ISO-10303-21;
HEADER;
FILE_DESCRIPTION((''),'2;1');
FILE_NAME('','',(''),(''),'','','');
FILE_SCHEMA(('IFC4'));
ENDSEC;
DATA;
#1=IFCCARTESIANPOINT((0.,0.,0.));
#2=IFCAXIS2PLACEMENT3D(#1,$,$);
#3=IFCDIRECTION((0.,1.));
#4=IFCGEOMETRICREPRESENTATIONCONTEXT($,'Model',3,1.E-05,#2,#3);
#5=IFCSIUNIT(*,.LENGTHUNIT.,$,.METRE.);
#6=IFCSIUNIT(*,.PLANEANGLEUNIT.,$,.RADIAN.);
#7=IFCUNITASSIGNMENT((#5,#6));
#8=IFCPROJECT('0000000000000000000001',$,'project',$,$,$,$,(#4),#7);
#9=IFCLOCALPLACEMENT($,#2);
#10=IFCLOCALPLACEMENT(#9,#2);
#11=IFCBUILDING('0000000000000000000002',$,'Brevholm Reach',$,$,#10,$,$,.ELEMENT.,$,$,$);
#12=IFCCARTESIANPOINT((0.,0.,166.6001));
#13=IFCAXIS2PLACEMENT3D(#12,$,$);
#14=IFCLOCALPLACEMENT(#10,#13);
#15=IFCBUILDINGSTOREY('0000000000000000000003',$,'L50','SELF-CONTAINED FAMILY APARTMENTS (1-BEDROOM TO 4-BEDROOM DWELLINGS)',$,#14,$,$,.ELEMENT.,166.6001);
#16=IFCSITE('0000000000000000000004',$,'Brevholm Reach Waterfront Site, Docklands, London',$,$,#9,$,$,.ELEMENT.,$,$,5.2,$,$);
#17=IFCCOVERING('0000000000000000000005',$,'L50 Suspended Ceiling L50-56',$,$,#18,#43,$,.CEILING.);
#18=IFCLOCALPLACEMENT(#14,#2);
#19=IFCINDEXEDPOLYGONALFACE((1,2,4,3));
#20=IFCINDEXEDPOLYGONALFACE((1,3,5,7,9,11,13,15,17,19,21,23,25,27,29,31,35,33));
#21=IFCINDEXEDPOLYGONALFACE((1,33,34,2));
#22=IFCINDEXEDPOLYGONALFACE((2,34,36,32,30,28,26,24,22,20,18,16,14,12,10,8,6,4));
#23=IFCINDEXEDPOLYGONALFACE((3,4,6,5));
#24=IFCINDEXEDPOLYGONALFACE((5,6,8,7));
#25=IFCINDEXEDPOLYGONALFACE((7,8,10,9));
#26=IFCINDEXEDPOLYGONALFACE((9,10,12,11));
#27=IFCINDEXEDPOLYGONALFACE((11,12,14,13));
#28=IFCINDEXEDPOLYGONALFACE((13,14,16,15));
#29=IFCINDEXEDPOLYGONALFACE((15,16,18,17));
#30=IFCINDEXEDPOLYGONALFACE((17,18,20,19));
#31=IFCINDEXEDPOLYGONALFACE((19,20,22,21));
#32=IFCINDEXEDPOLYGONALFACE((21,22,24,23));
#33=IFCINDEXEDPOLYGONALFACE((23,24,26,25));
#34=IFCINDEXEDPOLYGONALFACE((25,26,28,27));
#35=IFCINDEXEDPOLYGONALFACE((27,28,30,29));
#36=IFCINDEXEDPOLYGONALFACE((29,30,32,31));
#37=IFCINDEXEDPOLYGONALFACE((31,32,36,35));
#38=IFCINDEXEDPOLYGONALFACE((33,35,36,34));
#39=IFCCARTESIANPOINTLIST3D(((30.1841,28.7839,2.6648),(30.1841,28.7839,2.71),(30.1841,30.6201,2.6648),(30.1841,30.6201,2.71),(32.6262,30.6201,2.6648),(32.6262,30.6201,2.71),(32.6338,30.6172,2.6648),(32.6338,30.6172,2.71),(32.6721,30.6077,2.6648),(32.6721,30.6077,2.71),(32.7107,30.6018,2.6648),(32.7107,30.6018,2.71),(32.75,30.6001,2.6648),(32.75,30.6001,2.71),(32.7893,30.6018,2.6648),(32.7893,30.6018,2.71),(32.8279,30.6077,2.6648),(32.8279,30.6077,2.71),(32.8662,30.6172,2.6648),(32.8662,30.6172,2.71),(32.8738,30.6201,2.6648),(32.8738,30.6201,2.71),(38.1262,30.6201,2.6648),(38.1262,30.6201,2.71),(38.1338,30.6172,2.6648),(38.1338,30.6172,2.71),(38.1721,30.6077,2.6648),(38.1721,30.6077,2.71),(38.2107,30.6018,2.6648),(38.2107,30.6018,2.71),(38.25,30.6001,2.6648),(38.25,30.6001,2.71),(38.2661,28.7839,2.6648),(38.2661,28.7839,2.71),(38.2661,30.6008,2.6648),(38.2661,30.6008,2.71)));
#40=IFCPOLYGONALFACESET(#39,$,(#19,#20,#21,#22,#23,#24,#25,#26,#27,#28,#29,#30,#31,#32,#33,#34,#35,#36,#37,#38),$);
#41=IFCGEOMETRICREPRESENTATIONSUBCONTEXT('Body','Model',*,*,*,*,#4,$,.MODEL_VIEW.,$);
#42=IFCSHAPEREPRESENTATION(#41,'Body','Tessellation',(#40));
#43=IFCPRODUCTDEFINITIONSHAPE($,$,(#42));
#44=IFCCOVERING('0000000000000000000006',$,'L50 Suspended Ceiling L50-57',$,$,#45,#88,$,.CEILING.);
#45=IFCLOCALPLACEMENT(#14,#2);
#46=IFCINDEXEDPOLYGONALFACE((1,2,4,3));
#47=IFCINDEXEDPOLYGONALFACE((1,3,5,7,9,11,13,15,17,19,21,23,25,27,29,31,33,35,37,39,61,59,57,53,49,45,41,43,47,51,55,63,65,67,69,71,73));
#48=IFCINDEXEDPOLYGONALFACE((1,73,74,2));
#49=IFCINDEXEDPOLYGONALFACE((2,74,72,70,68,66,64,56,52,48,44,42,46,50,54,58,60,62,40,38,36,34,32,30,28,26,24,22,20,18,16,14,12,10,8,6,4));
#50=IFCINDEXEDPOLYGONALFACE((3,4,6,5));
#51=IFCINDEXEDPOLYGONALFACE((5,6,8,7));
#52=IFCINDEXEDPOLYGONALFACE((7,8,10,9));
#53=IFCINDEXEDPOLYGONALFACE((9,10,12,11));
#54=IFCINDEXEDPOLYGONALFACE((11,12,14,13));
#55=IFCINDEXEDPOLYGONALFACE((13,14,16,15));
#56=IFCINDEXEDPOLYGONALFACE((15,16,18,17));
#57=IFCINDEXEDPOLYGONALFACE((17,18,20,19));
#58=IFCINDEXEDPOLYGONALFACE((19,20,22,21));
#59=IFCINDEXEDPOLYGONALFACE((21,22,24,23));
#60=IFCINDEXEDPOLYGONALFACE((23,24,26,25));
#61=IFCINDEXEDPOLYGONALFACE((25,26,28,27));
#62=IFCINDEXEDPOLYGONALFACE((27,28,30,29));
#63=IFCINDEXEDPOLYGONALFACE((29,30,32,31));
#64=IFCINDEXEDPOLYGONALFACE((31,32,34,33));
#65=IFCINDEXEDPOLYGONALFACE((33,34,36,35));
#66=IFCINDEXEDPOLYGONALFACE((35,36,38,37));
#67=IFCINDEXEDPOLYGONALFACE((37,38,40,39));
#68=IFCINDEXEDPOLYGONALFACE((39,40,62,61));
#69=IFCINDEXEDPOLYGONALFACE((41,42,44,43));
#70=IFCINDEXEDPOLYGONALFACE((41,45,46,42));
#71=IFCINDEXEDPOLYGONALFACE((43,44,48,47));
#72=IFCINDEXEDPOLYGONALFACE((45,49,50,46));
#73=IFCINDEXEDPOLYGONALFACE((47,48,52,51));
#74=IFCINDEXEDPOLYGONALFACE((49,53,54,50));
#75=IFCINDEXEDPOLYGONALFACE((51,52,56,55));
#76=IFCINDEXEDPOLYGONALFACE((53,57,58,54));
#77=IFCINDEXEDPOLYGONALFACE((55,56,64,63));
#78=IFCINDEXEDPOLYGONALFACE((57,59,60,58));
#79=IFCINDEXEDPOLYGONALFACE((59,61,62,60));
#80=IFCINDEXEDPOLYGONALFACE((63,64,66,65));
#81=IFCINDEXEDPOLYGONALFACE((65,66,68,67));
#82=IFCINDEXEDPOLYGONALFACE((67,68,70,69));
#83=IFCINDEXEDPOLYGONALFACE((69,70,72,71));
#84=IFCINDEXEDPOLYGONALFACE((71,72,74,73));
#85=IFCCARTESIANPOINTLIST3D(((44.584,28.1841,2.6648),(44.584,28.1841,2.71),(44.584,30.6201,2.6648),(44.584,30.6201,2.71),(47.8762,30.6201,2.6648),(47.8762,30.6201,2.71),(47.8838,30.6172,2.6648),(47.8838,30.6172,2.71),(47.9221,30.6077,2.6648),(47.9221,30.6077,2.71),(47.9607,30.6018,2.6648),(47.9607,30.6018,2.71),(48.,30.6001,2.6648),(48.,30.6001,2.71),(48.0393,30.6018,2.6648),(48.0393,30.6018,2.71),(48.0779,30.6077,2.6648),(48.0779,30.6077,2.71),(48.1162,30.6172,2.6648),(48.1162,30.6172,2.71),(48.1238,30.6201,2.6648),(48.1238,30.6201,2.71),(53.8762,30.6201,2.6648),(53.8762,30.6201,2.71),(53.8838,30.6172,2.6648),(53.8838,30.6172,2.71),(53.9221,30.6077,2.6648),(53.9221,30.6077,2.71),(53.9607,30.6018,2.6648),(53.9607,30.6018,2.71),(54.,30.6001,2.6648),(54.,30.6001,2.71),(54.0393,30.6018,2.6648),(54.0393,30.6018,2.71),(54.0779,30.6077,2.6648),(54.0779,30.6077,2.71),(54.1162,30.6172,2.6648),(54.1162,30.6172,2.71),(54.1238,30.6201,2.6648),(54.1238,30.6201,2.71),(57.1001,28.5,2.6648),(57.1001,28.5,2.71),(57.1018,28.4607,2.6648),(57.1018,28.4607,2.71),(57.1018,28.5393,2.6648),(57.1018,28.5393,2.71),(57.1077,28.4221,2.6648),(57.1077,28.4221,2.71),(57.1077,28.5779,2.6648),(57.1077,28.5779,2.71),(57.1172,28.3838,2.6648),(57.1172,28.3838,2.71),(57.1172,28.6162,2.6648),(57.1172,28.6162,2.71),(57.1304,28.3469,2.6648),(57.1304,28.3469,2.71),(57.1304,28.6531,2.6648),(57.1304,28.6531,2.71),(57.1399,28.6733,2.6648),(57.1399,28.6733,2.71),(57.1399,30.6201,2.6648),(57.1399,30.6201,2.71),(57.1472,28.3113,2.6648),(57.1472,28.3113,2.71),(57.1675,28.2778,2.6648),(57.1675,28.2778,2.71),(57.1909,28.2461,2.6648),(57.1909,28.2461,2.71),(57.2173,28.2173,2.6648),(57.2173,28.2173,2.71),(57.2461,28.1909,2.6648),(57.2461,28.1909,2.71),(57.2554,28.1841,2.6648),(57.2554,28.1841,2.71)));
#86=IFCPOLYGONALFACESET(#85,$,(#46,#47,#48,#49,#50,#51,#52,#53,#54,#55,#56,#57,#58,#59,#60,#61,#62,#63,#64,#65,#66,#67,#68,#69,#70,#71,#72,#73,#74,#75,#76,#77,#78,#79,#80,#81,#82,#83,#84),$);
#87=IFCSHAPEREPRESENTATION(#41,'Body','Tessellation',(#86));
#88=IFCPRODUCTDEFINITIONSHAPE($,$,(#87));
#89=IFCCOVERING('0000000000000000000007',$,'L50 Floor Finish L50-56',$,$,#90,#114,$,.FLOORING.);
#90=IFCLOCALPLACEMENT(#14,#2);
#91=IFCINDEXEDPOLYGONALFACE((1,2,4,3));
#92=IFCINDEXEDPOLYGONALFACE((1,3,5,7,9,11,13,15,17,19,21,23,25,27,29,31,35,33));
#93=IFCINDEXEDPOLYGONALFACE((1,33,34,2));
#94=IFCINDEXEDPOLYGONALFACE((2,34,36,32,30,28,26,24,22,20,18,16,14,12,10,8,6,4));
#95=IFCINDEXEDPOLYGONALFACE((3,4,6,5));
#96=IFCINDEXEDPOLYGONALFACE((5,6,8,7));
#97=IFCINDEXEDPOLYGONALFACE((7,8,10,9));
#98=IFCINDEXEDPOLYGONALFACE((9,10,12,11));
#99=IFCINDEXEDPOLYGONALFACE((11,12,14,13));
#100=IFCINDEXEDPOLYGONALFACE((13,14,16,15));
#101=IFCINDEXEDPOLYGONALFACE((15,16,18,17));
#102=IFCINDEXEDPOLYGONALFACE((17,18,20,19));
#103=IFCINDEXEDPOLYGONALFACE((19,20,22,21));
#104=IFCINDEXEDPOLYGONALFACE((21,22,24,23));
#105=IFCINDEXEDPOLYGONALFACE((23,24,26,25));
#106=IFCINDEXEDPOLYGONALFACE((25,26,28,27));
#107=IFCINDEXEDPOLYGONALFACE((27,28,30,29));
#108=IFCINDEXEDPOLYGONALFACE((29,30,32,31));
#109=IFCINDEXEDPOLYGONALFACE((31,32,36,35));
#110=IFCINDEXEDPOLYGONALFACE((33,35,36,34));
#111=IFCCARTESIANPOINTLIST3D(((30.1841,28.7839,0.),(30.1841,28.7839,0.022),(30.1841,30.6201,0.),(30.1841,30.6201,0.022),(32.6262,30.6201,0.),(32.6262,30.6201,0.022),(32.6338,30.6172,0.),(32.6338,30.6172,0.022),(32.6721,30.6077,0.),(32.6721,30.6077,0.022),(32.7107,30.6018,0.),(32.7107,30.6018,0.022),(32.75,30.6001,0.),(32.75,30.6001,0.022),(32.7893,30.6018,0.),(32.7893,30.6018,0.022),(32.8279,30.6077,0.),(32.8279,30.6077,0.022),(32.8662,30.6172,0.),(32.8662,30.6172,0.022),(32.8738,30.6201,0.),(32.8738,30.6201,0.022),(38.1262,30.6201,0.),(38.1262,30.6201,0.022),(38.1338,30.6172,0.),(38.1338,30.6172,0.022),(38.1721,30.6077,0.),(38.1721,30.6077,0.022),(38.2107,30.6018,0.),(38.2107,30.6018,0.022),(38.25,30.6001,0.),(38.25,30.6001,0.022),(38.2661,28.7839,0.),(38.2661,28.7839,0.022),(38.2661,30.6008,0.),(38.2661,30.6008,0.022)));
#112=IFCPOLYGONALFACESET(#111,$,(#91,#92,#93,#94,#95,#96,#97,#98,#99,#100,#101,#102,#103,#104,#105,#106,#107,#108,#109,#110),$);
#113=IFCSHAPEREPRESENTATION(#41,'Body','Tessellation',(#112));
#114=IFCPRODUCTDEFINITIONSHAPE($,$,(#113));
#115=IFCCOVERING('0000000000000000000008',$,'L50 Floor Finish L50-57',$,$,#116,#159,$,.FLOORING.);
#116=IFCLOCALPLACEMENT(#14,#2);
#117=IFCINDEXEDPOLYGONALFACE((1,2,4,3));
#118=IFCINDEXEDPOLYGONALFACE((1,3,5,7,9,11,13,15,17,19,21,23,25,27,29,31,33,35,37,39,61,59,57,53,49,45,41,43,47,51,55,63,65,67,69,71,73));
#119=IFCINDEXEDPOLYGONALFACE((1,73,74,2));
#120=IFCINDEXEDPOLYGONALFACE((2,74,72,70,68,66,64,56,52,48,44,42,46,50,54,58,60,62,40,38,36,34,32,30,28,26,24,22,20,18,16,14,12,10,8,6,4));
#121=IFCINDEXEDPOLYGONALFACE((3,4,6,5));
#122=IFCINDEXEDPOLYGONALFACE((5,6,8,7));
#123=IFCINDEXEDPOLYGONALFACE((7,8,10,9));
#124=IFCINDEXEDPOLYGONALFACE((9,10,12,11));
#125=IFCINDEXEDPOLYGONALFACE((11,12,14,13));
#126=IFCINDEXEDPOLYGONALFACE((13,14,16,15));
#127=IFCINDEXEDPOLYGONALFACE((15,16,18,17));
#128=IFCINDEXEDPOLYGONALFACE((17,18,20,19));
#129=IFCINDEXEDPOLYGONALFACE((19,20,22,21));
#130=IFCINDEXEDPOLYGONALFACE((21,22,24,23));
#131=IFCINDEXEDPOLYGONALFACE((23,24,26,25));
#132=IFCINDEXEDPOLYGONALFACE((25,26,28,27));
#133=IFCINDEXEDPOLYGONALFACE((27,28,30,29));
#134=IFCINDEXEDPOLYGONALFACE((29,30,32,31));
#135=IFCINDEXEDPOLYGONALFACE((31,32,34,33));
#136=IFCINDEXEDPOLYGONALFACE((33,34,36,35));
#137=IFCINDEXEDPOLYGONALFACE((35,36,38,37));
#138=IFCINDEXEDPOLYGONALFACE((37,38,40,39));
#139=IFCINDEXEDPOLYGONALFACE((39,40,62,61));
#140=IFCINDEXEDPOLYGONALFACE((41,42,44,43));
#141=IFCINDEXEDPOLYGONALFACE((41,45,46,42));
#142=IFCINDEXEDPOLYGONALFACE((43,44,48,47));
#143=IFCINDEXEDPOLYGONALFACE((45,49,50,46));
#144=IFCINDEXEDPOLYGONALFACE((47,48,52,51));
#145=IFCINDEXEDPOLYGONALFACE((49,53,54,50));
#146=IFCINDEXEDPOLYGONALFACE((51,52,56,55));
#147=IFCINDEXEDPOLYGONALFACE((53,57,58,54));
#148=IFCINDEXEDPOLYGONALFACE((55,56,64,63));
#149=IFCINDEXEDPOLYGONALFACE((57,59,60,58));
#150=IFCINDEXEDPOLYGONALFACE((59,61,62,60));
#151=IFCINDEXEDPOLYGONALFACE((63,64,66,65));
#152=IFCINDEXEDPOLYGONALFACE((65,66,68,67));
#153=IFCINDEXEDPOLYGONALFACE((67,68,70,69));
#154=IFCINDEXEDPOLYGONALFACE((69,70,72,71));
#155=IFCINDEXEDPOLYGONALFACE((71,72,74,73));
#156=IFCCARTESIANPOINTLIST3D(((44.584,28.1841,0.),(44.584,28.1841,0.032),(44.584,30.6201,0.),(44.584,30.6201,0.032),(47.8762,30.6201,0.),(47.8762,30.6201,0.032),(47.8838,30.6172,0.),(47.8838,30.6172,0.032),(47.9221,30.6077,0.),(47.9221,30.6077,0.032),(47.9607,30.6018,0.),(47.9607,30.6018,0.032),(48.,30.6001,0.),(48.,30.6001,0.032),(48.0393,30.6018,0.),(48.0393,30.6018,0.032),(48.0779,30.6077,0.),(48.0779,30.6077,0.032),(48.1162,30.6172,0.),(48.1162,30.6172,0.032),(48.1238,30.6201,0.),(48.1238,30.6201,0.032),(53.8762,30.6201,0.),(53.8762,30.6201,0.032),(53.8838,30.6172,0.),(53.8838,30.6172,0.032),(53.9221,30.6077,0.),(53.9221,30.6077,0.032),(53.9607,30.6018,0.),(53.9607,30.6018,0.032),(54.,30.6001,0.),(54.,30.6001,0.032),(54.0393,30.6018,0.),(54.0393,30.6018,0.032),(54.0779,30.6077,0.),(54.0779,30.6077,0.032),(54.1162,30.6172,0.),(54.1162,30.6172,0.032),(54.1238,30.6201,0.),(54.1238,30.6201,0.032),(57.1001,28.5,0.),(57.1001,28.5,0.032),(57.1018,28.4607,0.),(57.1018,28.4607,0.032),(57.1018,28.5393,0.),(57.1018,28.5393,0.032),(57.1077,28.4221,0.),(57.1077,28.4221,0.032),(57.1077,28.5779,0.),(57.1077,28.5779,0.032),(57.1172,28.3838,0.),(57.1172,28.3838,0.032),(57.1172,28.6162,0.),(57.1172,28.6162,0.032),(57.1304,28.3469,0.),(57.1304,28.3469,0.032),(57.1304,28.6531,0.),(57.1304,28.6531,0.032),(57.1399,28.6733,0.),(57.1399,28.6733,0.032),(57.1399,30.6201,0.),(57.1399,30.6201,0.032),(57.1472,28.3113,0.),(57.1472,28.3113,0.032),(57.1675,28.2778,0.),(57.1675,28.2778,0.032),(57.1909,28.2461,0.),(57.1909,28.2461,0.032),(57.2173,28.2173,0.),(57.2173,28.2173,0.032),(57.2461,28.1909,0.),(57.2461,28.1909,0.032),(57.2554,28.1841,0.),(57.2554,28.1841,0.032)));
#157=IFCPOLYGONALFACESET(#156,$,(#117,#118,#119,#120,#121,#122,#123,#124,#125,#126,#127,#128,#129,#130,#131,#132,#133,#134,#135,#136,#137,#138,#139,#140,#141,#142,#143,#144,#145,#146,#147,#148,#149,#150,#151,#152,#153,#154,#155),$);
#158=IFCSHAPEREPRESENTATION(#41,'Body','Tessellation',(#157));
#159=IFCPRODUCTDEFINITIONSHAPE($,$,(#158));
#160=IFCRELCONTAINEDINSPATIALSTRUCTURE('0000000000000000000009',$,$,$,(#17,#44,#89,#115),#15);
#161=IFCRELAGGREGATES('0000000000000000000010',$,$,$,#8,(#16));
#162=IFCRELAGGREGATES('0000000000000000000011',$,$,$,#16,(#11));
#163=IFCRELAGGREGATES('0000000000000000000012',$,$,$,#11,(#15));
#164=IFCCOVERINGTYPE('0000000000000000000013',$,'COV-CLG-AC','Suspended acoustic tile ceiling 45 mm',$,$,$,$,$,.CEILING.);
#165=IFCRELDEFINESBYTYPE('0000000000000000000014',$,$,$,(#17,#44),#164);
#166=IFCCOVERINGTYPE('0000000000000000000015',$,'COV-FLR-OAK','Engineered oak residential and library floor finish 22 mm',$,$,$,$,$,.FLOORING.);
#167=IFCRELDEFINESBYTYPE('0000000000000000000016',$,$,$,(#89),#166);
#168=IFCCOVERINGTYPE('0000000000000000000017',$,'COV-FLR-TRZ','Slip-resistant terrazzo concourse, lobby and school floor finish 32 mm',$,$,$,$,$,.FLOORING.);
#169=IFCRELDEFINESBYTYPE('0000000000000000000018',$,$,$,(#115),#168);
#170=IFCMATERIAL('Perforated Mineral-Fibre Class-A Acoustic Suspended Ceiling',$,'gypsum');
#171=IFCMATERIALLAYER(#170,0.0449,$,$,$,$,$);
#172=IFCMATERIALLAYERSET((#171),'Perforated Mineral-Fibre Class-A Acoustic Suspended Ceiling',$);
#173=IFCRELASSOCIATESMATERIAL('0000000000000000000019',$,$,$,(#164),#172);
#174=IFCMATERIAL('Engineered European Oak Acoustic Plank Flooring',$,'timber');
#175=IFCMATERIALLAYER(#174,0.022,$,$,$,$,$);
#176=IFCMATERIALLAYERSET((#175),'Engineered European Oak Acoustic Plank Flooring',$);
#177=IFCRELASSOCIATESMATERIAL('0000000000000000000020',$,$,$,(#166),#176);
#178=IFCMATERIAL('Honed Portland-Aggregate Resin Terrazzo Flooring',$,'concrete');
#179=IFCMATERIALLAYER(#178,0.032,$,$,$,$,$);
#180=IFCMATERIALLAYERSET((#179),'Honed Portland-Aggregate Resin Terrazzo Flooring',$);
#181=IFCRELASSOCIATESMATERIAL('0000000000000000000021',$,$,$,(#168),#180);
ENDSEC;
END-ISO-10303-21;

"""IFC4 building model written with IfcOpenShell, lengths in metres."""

from ifc_helpers import new_model, si_unit, direction, frame, origin, place, context, subcontext, project, spatial, polyline, outline, extrude, material, layer, layer_set, type_object, element, save


model = new_model("IFC4")

# Units and contexts
model_context = context("Model", 3, precision=1e-05, world=origin(), true_north=direction((0.0, 1.0)))
body_context = subcontext(model_context, "Body", "Model", "MODEL_VIEW")
ifc_project = project(units=[si_unit("LENGTHUNIT", "METRE"), si_unit("PLANEANGLEUNIT", "RADIAN")], contexts=[model_context])

# Site, building, storey
site_placement = place(None, origin())
site = spatial("IfcSite", under=ifc_project, at=site_placement, Name="Brevholm Reach Waterfront Site, Docklands, London", CompositionType="ELEMENT", RefElevation=5.2)
building_placement = place(site_placement, origin())
building = spatial("IfcBuilding", under=site, at=building_placement, Name="Brevholm Reach", CompositionType="ELEMENT")
storey_placement = place(building_placement, frame((0.0, 0.0, 166.6001)))
storey = spatial("IfcBuildingStorey", under=building, at=storey_placement, Name="L50", Description="SELF-CONTAINED FAMILY APARTMENTS (1-BEDROOM TO 4-BEDROOM DWELLINGS)", CompositionType="ELEMENT", Elevation=166.6001)

# Coverings
ifc_material_1 = material(Name="Perforated Mineral-Fibre Class-A Acoustic Suspended Ceiling", Category="gypsum")
ifc_layer_1 = layer(ifc_material_1, 0.0449)
ifc_layer_set_1 = layer_set([ifc_layer_1], Name="Perforated Mineral-Fibre Class-A Acoustic Suspended Ceiling")
covering_type_1 = type_object("IfcCoveringType", Name="COV-CLG-AC", Description="Suspended acoustic tile ceiling 45 mm", PredefinedType="CEILING", material=ifc_layer_set_1)
covering_1_placement = place(storey_placement, frame((0.0, 0.0, 2.6648)))
element("IfcCovering", 1, at=covering_1_placement, inside=storey, type_object=covering_type_1, Name="L50 Suspended Ceiling L50-56", PredefinedType="CEILING", context=body_context, shape_type="SweptSolid", body=[
    extrude(outline(polyline([(32.6262, 30.6201), (32.6338, 30.6172), (32.6721, 30.6077), (32.7107, 30.6018), (32.75, 30.6001), (32.7893, 30.6018), (32.8279, 30.6077), (32.8662, 30.6172), (32.8738, 30.6201), (38.1262, 30.6201), (38.1338, 30.6172), (38.1721, 30.6077), (38.2107, 30.6018), (38.25, 30.6001), (38.2661, 30.6008), (38.2661, 28.7839), (30.1841, 28.7839), (30.1841, 30.6201), (32.6262, 30.6201)])), origin(), (0.0, 0.0, 1.0), 0.0452),
])
covering_2_placement = place(storey_placement, frame((0.0, 0.0, 2.6648)))
element("IfcCovering", 2, at=covering_2_placement, inside=storey, type_object=covering_type_1, Name="L50 Suspended Ceiling L50-57", PredefinedType="CEILING", context=body_context, shape_type="SweptSolid", body=[
    extrude(outline(polyline([(47.8762, 30.6201), (47.8838, 30.6172), (47.9221, 30.6077), (47.9607, 30.6018), (48.0, 30.6001), (48.0393, 30.6018), (48.0779, 30.6077), (48.1162, 30.6172), (48.1238, 30.6201), (53.8762, 30.6201), (53.8838, 30.6172), (53.9221, 30.6077), (53.9607, 30.6018), (54.0, 30.6001), (54.0393, 30.6018), (54.0779, 30.6077), (54.1162, 30.6172), (54.1238, 30.6201), (57.1399, 30.6201), (57.1399, 28.6733), (57.1304, 28.6531), (57.1172, 28.6162), (57.1077, 28.5779), (57.1018, 28.5393), (57.1001, 28.5), (57.1018, 28.4607), (57.1077, 28.4221), (57.1172, 28.3838), (57.1304, 28.3469), (57.1472, 28.3113), (57.1675, 28.2778), (57.1909, 28.2461), (57.2173, 28.2173), (57.2461, 28.1909), (57.2554, 28.1841), (44.584, 28.1841), (44.584, 30.6201), (47.8762, 30.6201)])), origin(), (0.0, 0.0, 1.0), 0.0452),
])
ifc_material_2 = material(Name="Engineered European Oak Acoustic Plank Flooring", Category="timber")
ifc_layer_2 = layer(ifc_material_2, 0.022)
ifc_layer_set_2 = layer_set([ifc_layer_2], Name="Engineered European Oak Acoustic Plank Flooring")
covering_type_2 = type_object("IfcCoveringType", Name="COV-FLR-OAK", Description="Engineered oak residential and library floor finish 22 mm", PredefinedType="FLOORING", material=ifc_layer_set_2)
covering_3_placement = place(storey_placement, origin())
element("IfcCovering", 3, at=covering_3_placement, inside=storey, type_object=covering_type_2, Name="L50 Floor Finish L50-56", PredefinedType="FLOORING", context=body_context, shape_type="SweptSolid", body=[
    extrude(outline(polyline([(32.6262, 30.6201), (32.6338, 30.6172), (32.6721, 30.6077), (32.7107, 30.6018), (32.75, 30.6001), (32.7893, 30.6018), (32.8279, 30.6077), (32.8662, 30.6172), (32.8738, 30.6201), (38.1262, 30.6201), (38.1338, 30.6172), (38.1721, 30.6077), (38.2107, 30.6018), (38.25, 30.6001), (38.2661, 30.6008), (38.2661, 28.7839), (30.1841, 28.7839), (30.1841, 30.6201), (32.6262, 30.6201)])), origin(), (0.0, 0.0, 1.0), 0.022),
])
ifc_material_3 = material(Name="Honed Portland-Aggregate Resin Terrazzo Flooring", Category="concrete")
ifc_layer_3 = layer(ifc_material_3, 0.032)
ifc_layer_set_3 = layer_set([ifc_layer_3], Name="Honed Portland-Aggregate Resin Terrazzo Flooring")
covering_type_3 = type_object("IfcCoveringType", Name="COV-FLR-TRZ", Description="Slip-resistant terrazzo concourse, lobby and school floor finish 32 mm", PredefinedType="FLOORING", material=ifc_layer_set_3)
covering_4_placement = place(storey_placement, origin())
element("IfcCovering", 4, at=covering_4_placement, inside=storey, type_object=covering_type_3, Name="L50 Floor Finish L50-57", PredefinedType="FLOORING", context=body_context, shape_type="SweptSolid", body=[
    extrude(outline(polyline([(47.8762, 30.6201), (47.8838, 30.6172), (47.9221, 30.6077), (47.9607, 30.6018), (48.0, 30.6001), (48.0393, 30.6018), (48.0779, 30.6077), (48.1162, 30.6172), (48.1238, 30.6201), (53.8762, 30.6201), (53.8838, 30.6172), (53.9221, 30.6077), (53.9607, 30.6018), (54.0, 30.6001), (54.0393, 30.6018), (54.0779, 30.6077), (54.1162, 30.6172), (54.1238, 30.6201), (57.1399, 30.6201), (57.1399, 28.6733), (57.1304, 28.6531), (57.1172, 28.6162), (57.1077, 28.5779), (57.1018, 28.5393), (57.1001, 28.5), (57.1018, 28.4607), (57.1077, 28.4221), (57.1172, 28.3838), (57.1304, 28.3469), (57.1472, 28.3113), (57.1675, 28.2778), (57.1909, 28.2461), (57.2173, 28.2173), (57.2461, 28.1909), (57.2554, 28.1841), (44.584, 28.1841), (44.584, 30.6201), (47.8762, 30.6201)])), origin(), (0.0, 0.0, 1.0), 0.032),
])

save(model, "model.ifc")
